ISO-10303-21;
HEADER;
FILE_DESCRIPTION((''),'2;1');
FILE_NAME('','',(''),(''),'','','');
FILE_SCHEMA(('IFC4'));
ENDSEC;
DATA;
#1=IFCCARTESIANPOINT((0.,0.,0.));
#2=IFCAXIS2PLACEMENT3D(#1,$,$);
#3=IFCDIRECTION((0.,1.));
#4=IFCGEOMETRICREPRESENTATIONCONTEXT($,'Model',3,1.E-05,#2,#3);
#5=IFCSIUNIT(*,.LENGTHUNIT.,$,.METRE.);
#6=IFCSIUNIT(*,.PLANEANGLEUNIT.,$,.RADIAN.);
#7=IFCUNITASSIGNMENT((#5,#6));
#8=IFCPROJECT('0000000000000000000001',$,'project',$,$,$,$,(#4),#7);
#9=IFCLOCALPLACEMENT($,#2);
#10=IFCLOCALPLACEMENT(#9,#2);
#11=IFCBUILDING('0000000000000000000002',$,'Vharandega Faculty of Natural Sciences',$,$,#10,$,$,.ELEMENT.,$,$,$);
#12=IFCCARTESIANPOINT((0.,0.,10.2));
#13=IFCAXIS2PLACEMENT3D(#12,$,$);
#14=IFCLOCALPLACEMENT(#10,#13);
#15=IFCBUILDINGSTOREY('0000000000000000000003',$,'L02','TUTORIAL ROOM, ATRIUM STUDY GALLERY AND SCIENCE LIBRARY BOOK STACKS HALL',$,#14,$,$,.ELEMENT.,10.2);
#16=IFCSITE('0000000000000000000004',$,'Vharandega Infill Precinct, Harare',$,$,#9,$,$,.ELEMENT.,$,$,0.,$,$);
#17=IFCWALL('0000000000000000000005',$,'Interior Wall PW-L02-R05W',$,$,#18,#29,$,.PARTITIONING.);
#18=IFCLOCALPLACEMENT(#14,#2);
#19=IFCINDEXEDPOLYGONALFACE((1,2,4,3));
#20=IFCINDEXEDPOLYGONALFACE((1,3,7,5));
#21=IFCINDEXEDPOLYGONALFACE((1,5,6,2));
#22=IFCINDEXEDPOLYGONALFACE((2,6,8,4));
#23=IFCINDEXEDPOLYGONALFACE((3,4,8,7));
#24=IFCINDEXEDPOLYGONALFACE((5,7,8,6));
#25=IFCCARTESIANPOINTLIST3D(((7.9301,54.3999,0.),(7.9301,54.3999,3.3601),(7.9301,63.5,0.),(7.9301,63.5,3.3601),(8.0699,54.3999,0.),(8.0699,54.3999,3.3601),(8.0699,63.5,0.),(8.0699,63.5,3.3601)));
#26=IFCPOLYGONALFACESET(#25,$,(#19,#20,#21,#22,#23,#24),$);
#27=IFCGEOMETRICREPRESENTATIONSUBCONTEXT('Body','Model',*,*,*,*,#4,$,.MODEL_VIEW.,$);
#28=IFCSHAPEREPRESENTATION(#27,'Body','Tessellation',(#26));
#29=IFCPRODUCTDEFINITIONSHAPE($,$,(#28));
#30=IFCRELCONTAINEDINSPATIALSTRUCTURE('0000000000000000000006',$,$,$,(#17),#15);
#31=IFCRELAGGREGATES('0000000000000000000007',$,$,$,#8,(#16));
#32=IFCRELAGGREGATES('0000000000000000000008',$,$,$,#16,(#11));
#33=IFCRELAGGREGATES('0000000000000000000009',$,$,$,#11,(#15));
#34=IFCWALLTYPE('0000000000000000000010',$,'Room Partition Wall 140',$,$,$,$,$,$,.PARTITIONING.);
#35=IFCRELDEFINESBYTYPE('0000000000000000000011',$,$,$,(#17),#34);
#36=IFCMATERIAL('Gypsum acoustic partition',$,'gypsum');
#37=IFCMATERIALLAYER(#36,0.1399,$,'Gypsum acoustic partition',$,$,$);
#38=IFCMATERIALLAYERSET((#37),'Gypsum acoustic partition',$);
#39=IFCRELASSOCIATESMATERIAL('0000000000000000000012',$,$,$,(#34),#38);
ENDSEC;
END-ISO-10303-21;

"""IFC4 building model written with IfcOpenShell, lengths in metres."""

from ifc_helpers import new_model, si_unit, direction, frame, frame_2d, origin, place, context, subcontext, project, spatial, rectangle, extrude, material, layer, layer_set, type_object, element, save


model = new_model("IFC4")

# Units and contexts
model_context = context("Model", 3, precision=1e-05, world=origin(), true_north=direction((0.0, 1.0)))
body_context = subcontext(model_context, "Body", "Model", "MODEL_VIEW")
ifc_project = project(units=[si_unit("LENGTHUNIT", "METRE"), si_unit("PLANEANGLEUNIT", "RADIAN")], contexts=[model_context])

# Site, building, storey
site_placement = place(None, origin())
site = spatial("IfcSite", under=ifc_project, at=site_placement, Name="Vharandega Infill Precinct, Harare", CompositionType="ELEMENT", RefElevation=0.0)
building_placement = place(site_placement, origin())
building = spatial("IfcBuilding", under=site, at=building_placement, Name="Vharandega Faculty of Natural Sciences", CompositionType="ELEMENT")
storey_placement = place(building_placement, frame((0.0, 0.0, 10.2)))
storey = spatial("IfcBuildingStorey", under=building, at=storey_placement, Name="L02", Description="TUTORIAL ROOM, ATRIUM STUDY GALLERY AND SCIENCE LIBRARY BOOK STACKS HALL", CompositionType="ELEMENT", Elevation=10.2)

# Shared definitions
ifc_material_1 = material(Name="Gypsum acoustic partition", Category="gypsum")
ifc_layer_1 = layer(ifc_material_1, 0.1399, Name="Gypsum acoustic partition")
ifc_layer_set_1 = layer_set([ifc_layer_1], Name="Gypsum acoustic partition")
wall_type_1 = type_object("IfcWallType", Name="Room Partition Wall 140", PredefinedType="PARTITIONING", material=ifc_layer_set_1)

# Wall
wall_1_placement = place(storey_placement, frame((8.0, 54.3999, 0.0), z_axis=(0.0, 0.0, 1.0), x_axis=(0.0, 1.0, 0.0)))
element("IfcWall", 1, at=wall_1_placement, inside=storey, type_object=wall_type_1, Name="Interior Wall PW-L02-R05W", PredefinedType="PARTITIONING", context=body_context, shape_type="SweptSolid", body=[
    extrude(rectangle(XDim=9.1001, YDim=0.1399, at=frame_2d((4.55, 0.0))), origin(), (0.0, 0.0, 1.0), 3.3601),
])

save(model, "model.ifc")
